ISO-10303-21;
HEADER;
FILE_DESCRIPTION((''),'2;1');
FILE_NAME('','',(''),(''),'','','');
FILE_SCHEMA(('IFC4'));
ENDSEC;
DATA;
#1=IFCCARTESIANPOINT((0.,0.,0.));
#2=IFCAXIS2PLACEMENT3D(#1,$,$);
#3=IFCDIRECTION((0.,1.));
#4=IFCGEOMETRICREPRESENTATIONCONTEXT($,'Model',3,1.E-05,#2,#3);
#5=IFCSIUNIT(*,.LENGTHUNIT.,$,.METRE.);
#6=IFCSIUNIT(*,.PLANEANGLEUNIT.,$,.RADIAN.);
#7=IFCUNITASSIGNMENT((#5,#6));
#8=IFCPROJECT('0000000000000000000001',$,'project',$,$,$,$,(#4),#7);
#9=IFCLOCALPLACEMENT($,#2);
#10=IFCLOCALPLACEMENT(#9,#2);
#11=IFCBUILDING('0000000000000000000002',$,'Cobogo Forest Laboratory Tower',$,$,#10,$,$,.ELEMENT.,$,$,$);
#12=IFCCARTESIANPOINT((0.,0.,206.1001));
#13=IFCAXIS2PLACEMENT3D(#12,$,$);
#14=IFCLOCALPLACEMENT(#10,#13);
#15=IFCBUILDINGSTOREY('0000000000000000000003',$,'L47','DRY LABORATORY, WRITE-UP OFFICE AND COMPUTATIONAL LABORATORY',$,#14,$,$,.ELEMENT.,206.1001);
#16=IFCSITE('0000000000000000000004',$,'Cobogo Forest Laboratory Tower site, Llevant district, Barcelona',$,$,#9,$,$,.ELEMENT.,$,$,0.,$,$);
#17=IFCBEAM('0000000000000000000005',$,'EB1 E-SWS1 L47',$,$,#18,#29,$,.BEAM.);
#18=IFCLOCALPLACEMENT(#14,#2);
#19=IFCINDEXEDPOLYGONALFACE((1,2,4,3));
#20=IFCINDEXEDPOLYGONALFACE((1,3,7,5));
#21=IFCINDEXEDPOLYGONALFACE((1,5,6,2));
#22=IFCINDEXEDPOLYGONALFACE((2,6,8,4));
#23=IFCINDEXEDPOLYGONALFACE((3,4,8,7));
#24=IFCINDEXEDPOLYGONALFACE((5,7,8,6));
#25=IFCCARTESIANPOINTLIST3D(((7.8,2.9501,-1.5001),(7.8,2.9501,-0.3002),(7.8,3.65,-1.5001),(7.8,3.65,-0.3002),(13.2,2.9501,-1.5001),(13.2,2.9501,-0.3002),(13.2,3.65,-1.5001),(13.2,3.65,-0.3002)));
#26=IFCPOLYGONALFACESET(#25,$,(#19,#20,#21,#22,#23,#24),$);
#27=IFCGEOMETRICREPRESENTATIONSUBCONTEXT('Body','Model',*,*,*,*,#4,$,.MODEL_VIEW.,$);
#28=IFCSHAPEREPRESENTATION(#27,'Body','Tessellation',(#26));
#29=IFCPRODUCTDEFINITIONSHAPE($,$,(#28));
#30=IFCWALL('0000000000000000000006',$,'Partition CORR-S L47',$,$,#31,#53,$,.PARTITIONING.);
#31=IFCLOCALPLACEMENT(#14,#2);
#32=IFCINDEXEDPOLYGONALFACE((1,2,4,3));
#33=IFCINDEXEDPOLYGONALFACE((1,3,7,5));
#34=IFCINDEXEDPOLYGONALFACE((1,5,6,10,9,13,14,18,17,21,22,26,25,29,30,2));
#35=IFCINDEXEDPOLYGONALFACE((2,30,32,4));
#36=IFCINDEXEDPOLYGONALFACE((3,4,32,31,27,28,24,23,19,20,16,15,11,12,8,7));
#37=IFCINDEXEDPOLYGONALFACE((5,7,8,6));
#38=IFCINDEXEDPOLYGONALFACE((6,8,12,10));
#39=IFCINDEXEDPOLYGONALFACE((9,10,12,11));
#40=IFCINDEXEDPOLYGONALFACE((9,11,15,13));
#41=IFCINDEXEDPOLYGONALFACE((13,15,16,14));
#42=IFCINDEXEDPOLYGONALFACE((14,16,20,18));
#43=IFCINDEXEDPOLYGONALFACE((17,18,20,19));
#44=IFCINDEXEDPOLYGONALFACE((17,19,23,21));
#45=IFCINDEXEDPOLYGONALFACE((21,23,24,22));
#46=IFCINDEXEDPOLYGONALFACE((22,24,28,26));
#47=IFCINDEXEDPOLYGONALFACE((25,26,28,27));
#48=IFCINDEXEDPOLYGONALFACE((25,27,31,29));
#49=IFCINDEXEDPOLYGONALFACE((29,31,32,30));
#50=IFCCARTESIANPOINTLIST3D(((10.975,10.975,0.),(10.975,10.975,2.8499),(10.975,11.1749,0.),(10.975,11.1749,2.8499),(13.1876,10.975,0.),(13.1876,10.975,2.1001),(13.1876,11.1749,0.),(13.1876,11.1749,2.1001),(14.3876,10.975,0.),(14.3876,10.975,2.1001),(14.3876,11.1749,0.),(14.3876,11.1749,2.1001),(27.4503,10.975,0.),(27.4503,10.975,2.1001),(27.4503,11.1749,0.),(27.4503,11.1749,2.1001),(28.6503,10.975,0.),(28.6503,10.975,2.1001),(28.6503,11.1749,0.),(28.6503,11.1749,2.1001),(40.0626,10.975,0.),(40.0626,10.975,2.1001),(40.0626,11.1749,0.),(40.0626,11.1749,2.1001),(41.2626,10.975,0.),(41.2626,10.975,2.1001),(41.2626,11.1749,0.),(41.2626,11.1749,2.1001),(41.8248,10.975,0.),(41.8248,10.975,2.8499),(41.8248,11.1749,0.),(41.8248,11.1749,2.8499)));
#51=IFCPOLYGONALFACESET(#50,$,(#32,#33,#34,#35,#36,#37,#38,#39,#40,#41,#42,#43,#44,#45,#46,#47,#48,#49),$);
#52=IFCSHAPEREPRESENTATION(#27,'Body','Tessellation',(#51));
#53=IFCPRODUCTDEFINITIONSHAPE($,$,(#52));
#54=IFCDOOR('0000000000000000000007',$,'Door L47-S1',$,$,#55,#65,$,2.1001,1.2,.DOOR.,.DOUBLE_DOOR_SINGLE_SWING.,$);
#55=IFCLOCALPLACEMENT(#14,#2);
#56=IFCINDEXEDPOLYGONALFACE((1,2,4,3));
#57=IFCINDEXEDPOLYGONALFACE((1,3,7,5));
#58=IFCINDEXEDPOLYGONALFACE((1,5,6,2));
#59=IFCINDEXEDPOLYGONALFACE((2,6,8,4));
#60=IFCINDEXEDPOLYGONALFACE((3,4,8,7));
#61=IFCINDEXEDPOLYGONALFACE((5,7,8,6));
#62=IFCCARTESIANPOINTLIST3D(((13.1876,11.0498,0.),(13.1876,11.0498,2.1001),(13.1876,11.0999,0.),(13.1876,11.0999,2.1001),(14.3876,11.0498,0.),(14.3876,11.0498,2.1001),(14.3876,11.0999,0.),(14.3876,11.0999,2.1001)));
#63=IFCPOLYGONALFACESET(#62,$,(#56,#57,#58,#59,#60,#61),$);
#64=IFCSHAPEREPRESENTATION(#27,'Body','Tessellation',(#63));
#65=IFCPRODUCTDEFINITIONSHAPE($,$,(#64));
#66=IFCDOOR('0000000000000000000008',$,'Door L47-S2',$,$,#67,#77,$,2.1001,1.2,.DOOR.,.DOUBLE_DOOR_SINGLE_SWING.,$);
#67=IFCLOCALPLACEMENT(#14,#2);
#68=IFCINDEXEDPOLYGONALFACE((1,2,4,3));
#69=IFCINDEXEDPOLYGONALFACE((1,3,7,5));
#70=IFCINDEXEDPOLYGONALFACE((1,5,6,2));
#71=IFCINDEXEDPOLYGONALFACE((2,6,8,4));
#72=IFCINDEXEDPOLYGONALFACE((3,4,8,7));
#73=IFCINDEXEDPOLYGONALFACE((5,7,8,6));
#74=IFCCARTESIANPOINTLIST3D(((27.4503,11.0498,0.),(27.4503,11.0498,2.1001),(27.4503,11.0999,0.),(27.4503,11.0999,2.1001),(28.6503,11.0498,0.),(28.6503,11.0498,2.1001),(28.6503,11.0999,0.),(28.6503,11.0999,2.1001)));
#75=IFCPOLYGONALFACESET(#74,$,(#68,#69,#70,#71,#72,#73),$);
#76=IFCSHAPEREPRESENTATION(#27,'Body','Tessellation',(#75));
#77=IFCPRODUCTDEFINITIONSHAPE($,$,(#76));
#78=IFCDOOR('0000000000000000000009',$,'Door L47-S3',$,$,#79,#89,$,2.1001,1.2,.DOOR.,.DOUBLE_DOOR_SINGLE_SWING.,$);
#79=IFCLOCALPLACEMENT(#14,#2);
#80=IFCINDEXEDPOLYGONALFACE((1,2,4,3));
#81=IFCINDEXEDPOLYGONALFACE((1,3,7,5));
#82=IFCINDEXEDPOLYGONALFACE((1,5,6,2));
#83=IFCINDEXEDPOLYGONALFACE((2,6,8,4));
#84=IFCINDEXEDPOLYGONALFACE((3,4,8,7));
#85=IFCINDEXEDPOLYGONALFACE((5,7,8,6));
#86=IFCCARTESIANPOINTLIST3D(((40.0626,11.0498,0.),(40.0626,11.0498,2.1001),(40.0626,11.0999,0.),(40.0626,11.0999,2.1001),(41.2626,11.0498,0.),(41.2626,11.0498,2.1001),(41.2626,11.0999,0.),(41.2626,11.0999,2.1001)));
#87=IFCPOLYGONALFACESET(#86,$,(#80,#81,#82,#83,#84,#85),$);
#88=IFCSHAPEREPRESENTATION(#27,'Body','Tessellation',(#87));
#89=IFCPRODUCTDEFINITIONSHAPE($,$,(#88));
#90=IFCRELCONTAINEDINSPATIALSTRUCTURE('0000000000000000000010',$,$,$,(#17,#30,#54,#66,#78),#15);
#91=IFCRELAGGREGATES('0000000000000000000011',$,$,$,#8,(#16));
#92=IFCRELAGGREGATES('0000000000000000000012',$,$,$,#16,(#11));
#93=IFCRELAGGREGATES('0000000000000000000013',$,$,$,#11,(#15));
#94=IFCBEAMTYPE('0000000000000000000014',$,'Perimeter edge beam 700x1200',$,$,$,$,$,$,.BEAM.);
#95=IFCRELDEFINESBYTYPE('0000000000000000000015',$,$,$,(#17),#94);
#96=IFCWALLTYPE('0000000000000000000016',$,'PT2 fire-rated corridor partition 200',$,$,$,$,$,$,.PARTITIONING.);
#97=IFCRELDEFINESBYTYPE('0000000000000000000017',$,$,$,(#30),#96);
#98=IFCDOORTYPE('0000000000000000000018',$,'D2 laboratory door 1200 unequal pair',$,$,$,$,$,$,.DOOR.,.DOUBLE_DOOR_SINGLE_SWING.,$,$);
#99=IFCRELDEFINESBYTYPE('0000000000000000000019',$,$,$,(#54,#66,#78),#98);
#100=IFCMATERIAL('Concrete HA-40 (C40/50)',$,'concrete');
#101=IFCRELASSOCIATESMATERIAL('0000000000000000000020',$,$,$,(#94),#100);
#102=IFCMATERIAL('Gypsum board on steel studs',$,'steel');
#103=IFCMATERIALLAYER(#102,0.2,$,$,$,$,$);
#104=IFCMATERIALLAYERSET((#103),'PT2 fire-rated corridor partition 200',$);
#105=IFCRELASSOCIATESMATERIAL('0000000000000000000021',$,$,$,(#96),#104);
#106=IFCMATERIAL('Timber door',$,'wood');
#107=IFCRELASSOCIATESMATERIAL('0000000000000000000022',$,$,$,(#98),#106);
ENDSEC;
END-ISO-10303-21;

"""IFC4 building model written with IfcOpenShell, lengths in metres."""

from ifc_helpers import new_model, si_unit, direction, frame, frame_2d, origin, origin_2d, place, context, subcontext, project, spatial, rectangle, extrude, material, layer, layer_set, material_profile, profile_set, type_object, element, fill, save


model = new_model("IFC4")

# Units and contexts
model_context = context("Model", 3, precision=1e-05, world=origin(), true_north=direction((0.0, 1.0)))
body_context = subcontext(model_context, "Body", "Model", "MODEL_VIEW")
ifc_project = project(units=[si_unit("LENGTHUNIT", "METRE"), si_unit("PLANEANGLEUNIT", "RADIAN")], contexts=[model_context])

# Site, building, storey
site_placement = place(None, origin())
site = spatial("IfcSite", under=ifc_project, at=site_placement, Name="Cobogo Forest Laboratory Tower site, Llevant district, Barcelona", CompositionType="ELEMENT", RefElevation=0.0)
building_placement = place(site_placement, origin())
building = spatial("IfcBuilding", under=site, at=building_placement, Name="Cobogo Forest Laboratory Tower", CompositionType="ELEMENT")
storey_placement = place(building_placement, frame((0.0, 0.0, 206.1001)))
storey = spatial("IfcBuildingStorey", under=building, at=storey_placement, Name="L47", Description="DRY LABORATORY, WRITE-UP OFFICE AND COMPUTATIONAL LABORATORY", CompositionType="ELEMENT", Elevation=206.1001)

# Beam
ifc_material_1 = material(Name="Concrete HA-40 (C40/50)", Category="concrete")
ifc_material_profile = material_profile(ifc_material_1, rectangle(XDim=0.7, YDim=1.2, at=origin_2d()), Name="RC 700x1200")
ifc_profile_set = profile_set([ifc_material_profile], Name="Concrete HA-40 (C40/50)")
beam_type = type_object("IfcBeamType", Name="Perimeter edge beam 700x1200", PredefinedType="BEAM", material=ifc_profile_set)
beam_placement = place(storey_placement, frame((13.2, 3.3, -0.9001), z_axis=(-1.0, 0.0, 0.0), x_axis=(0.0, -1.0, 0.0)))
element("IfcBeam", 1, at=beam_placement, inside=storey, type_object=beam_type, Name="EB1 E-SWS1 L47", PredefinedType="BEAM", context=body_context, shape_type="SweptSolid", body=[
    extrude(rectangle(XDim=0.7, YDim=1.2, at=origin_2d()), origin(), (0.0, 0.0, 1.0), 5.3999),
])

# Wall, openings, doors
ifc_material_2 = material(Name="Gypsum board on steel studs", Category="steel")
ifc_layer = layer(ifc_material_2, 0.2)
ifc_layer_set = layer_set([ifc_layer], Name="PT2 fire-rated corridor partition 200")
wall_type = type_object("IfcWallType", Name="PT2 fire-rated corridor partition 200", PredefinedType="PARTITIONING", material=ifc_layer_set)
wall_1_placement = place(storey_placement, frame((10.9751, 11.075, 0.0), z_axis=(0.0, 0.0, 1.0), x_axis=(1.0, 0.0, 0.0)))
wall_1 = element("IfcWall", 2, at=wall_1_placement, inside=storey, type_object=wall_type, Name="Partition CORR-S L47", PredefinedType="PARTITIONING", context=body_context, shape_type="SweptSolid", body=[
    extrude(rectangle(XDim=30.8499, YDim=0.2, at=frame_2d((15.4248, 0.0))), origin(), (0.0, 0.0, 1.0), 2.8499),
])
opening_1_placement = place(wall_1_placement, frame((2.2124, 0.0, 0.0)))
opening_1 = element("IfcOpeningElement", 3, at=opening_1_placement, cuts=wall_1, PredefinedType="OPENING", context=body_context, shape_type="SweptSolid", body=[
    extrude(rectangle(XDim=1.2, YDim=2.1001, at=frame_2d((0.6001, 1.05))), frame((0.0, 0.1099, 0.0), z_axis=(0.0, -1.0, 0.0), x_axis=(1.0, 0.0, 0.0)), (0.0, 0.0, 1.0), 0.22),
])
opening_2_placement = place(wall_1_placement, frame((16.4751, 0.0, 0.0)))
opening_2 = element("IfcOpeningElement", 4, at=opening_2_placement, cuts=wall_1, PredefinedType="OPENING", context=body_context, shape_type="SweptSolid", body=[
    extrude(rectangle(XDim=1.2, YDim=2.1001, at=frame_2d((0.6001, 1.05))), frame((0.0, 0.1099, 0.0), z_axis=(0.0, -1.0, 0.0), x_axis=(1.0, 0.0, 0.0)), (0.0, 0.0, 1.0), 0.22),
])
opening_3_placement = place(wall_1_placement, frame((29.0874, 0.0, 0.0)))
opening_3 = element("IfcOpeningElement", 5, at=opening_3_placement, cuts=wall_1, PredefinedType="OPENING", context=body_context, shape_type="SweptSolid", body=[
    extrude(rectangle(XDim=1.2, YDim=2.1001, at=frame_2d((0.6001, 1.05))), frame((0.0, 0.1099, 0.0), z_axis=(0.0, -1.0, 0.0), x_axis=(1.0, 0.0, 0.0)), (0.0, 0.0, 1.0), 0.22),
])
ifc_material_3 = material(Name="Timber door", Category="wood")
door_type_1 = type_object("IfcDoorType", Name="D2 laboratory door 1200 unequal pair", OperationType="DOUBLE_DOOR_SINGLE_SWING", PredefinedType="DOOR", material=ifc_material_3)
door_1_placement = place(opening_1_placement, origin())
door_1 = element("IfcDoor", 6, at=door_1_placement, inside=storey, type_object=door_type_1, Name="Door L47-S1", OperationType="DOUBLE_DOOR_SINGLE_SWING", OverallHeight=2.1001, OverallWidth=1.2, PredefinedType="DOOR", context=body_context, shape_type="SweptSolid", body=[
    extrude(rectangle(XDim=1.2, YDim=2.1001, at=frame_2d((0.6001, 1.05))), frame((0.0, 0.0249, 0.0), z_axis=(0.0, -1.0, 0.0), x_axis=(1.0, 0.0, 0.0)), (0.0, 0.0, 1.0), 0.05),
])
fill(opening_1, door_1)
door_2_placement = place(opening_2_placement, origin())
door_2 = element("IfcDoor", 7, at=door_2_placement, inside=storey, type_object=door_type_1, Name="Door L47-S2", OperationType="DOUBLE_DOOR_SINGLE_SWING", OverallHeight=2.1001, OverallWidth=1.2, PredefinedType="DOOR", context=body_context, shape_type="SweptSolid", body=[
    extrude(rectangle(XDim=1.2, YDim=2.1001, at=frame_2d((0.6001, 1.05))), frame((0.0, 0.0249, 0.0), z_axis=(0.0, -1.0, 0.0), x_axis=(1.0, 0.0, 0.0)), (0.0, 0.0, 1.0), 0.05),
])
fill(opening_2, door_2)
door_3_placement = place(opening_3_placement, origin())
door_3 = element("IfcDoor", 8, at=door_3_placement, inside=storey, type_object=door_type_1, Name="Door L47-S3", OperationType="DOUBLE_DOOR_SINGLE_SWING", OverallHeight=2.1001, OverallWidth=1.2, PredefinedType="DOOR", context=body_context, shape_type="SweptSolid", body=[
    extrude(rectangle(XDim=1.2, YDim=2.1001, at=frame_2d((0.6001, 1.05))), frame((0.0, 0.0249, 0.0), z_axis=(0.0, -1.0, 0.0), x_axis=(1.0, 0.0, 0.0)), (0.0, 0.0, 1.0), 0.05),
])
fill(opening_3, door_3)

save(model, "model.ifc")
